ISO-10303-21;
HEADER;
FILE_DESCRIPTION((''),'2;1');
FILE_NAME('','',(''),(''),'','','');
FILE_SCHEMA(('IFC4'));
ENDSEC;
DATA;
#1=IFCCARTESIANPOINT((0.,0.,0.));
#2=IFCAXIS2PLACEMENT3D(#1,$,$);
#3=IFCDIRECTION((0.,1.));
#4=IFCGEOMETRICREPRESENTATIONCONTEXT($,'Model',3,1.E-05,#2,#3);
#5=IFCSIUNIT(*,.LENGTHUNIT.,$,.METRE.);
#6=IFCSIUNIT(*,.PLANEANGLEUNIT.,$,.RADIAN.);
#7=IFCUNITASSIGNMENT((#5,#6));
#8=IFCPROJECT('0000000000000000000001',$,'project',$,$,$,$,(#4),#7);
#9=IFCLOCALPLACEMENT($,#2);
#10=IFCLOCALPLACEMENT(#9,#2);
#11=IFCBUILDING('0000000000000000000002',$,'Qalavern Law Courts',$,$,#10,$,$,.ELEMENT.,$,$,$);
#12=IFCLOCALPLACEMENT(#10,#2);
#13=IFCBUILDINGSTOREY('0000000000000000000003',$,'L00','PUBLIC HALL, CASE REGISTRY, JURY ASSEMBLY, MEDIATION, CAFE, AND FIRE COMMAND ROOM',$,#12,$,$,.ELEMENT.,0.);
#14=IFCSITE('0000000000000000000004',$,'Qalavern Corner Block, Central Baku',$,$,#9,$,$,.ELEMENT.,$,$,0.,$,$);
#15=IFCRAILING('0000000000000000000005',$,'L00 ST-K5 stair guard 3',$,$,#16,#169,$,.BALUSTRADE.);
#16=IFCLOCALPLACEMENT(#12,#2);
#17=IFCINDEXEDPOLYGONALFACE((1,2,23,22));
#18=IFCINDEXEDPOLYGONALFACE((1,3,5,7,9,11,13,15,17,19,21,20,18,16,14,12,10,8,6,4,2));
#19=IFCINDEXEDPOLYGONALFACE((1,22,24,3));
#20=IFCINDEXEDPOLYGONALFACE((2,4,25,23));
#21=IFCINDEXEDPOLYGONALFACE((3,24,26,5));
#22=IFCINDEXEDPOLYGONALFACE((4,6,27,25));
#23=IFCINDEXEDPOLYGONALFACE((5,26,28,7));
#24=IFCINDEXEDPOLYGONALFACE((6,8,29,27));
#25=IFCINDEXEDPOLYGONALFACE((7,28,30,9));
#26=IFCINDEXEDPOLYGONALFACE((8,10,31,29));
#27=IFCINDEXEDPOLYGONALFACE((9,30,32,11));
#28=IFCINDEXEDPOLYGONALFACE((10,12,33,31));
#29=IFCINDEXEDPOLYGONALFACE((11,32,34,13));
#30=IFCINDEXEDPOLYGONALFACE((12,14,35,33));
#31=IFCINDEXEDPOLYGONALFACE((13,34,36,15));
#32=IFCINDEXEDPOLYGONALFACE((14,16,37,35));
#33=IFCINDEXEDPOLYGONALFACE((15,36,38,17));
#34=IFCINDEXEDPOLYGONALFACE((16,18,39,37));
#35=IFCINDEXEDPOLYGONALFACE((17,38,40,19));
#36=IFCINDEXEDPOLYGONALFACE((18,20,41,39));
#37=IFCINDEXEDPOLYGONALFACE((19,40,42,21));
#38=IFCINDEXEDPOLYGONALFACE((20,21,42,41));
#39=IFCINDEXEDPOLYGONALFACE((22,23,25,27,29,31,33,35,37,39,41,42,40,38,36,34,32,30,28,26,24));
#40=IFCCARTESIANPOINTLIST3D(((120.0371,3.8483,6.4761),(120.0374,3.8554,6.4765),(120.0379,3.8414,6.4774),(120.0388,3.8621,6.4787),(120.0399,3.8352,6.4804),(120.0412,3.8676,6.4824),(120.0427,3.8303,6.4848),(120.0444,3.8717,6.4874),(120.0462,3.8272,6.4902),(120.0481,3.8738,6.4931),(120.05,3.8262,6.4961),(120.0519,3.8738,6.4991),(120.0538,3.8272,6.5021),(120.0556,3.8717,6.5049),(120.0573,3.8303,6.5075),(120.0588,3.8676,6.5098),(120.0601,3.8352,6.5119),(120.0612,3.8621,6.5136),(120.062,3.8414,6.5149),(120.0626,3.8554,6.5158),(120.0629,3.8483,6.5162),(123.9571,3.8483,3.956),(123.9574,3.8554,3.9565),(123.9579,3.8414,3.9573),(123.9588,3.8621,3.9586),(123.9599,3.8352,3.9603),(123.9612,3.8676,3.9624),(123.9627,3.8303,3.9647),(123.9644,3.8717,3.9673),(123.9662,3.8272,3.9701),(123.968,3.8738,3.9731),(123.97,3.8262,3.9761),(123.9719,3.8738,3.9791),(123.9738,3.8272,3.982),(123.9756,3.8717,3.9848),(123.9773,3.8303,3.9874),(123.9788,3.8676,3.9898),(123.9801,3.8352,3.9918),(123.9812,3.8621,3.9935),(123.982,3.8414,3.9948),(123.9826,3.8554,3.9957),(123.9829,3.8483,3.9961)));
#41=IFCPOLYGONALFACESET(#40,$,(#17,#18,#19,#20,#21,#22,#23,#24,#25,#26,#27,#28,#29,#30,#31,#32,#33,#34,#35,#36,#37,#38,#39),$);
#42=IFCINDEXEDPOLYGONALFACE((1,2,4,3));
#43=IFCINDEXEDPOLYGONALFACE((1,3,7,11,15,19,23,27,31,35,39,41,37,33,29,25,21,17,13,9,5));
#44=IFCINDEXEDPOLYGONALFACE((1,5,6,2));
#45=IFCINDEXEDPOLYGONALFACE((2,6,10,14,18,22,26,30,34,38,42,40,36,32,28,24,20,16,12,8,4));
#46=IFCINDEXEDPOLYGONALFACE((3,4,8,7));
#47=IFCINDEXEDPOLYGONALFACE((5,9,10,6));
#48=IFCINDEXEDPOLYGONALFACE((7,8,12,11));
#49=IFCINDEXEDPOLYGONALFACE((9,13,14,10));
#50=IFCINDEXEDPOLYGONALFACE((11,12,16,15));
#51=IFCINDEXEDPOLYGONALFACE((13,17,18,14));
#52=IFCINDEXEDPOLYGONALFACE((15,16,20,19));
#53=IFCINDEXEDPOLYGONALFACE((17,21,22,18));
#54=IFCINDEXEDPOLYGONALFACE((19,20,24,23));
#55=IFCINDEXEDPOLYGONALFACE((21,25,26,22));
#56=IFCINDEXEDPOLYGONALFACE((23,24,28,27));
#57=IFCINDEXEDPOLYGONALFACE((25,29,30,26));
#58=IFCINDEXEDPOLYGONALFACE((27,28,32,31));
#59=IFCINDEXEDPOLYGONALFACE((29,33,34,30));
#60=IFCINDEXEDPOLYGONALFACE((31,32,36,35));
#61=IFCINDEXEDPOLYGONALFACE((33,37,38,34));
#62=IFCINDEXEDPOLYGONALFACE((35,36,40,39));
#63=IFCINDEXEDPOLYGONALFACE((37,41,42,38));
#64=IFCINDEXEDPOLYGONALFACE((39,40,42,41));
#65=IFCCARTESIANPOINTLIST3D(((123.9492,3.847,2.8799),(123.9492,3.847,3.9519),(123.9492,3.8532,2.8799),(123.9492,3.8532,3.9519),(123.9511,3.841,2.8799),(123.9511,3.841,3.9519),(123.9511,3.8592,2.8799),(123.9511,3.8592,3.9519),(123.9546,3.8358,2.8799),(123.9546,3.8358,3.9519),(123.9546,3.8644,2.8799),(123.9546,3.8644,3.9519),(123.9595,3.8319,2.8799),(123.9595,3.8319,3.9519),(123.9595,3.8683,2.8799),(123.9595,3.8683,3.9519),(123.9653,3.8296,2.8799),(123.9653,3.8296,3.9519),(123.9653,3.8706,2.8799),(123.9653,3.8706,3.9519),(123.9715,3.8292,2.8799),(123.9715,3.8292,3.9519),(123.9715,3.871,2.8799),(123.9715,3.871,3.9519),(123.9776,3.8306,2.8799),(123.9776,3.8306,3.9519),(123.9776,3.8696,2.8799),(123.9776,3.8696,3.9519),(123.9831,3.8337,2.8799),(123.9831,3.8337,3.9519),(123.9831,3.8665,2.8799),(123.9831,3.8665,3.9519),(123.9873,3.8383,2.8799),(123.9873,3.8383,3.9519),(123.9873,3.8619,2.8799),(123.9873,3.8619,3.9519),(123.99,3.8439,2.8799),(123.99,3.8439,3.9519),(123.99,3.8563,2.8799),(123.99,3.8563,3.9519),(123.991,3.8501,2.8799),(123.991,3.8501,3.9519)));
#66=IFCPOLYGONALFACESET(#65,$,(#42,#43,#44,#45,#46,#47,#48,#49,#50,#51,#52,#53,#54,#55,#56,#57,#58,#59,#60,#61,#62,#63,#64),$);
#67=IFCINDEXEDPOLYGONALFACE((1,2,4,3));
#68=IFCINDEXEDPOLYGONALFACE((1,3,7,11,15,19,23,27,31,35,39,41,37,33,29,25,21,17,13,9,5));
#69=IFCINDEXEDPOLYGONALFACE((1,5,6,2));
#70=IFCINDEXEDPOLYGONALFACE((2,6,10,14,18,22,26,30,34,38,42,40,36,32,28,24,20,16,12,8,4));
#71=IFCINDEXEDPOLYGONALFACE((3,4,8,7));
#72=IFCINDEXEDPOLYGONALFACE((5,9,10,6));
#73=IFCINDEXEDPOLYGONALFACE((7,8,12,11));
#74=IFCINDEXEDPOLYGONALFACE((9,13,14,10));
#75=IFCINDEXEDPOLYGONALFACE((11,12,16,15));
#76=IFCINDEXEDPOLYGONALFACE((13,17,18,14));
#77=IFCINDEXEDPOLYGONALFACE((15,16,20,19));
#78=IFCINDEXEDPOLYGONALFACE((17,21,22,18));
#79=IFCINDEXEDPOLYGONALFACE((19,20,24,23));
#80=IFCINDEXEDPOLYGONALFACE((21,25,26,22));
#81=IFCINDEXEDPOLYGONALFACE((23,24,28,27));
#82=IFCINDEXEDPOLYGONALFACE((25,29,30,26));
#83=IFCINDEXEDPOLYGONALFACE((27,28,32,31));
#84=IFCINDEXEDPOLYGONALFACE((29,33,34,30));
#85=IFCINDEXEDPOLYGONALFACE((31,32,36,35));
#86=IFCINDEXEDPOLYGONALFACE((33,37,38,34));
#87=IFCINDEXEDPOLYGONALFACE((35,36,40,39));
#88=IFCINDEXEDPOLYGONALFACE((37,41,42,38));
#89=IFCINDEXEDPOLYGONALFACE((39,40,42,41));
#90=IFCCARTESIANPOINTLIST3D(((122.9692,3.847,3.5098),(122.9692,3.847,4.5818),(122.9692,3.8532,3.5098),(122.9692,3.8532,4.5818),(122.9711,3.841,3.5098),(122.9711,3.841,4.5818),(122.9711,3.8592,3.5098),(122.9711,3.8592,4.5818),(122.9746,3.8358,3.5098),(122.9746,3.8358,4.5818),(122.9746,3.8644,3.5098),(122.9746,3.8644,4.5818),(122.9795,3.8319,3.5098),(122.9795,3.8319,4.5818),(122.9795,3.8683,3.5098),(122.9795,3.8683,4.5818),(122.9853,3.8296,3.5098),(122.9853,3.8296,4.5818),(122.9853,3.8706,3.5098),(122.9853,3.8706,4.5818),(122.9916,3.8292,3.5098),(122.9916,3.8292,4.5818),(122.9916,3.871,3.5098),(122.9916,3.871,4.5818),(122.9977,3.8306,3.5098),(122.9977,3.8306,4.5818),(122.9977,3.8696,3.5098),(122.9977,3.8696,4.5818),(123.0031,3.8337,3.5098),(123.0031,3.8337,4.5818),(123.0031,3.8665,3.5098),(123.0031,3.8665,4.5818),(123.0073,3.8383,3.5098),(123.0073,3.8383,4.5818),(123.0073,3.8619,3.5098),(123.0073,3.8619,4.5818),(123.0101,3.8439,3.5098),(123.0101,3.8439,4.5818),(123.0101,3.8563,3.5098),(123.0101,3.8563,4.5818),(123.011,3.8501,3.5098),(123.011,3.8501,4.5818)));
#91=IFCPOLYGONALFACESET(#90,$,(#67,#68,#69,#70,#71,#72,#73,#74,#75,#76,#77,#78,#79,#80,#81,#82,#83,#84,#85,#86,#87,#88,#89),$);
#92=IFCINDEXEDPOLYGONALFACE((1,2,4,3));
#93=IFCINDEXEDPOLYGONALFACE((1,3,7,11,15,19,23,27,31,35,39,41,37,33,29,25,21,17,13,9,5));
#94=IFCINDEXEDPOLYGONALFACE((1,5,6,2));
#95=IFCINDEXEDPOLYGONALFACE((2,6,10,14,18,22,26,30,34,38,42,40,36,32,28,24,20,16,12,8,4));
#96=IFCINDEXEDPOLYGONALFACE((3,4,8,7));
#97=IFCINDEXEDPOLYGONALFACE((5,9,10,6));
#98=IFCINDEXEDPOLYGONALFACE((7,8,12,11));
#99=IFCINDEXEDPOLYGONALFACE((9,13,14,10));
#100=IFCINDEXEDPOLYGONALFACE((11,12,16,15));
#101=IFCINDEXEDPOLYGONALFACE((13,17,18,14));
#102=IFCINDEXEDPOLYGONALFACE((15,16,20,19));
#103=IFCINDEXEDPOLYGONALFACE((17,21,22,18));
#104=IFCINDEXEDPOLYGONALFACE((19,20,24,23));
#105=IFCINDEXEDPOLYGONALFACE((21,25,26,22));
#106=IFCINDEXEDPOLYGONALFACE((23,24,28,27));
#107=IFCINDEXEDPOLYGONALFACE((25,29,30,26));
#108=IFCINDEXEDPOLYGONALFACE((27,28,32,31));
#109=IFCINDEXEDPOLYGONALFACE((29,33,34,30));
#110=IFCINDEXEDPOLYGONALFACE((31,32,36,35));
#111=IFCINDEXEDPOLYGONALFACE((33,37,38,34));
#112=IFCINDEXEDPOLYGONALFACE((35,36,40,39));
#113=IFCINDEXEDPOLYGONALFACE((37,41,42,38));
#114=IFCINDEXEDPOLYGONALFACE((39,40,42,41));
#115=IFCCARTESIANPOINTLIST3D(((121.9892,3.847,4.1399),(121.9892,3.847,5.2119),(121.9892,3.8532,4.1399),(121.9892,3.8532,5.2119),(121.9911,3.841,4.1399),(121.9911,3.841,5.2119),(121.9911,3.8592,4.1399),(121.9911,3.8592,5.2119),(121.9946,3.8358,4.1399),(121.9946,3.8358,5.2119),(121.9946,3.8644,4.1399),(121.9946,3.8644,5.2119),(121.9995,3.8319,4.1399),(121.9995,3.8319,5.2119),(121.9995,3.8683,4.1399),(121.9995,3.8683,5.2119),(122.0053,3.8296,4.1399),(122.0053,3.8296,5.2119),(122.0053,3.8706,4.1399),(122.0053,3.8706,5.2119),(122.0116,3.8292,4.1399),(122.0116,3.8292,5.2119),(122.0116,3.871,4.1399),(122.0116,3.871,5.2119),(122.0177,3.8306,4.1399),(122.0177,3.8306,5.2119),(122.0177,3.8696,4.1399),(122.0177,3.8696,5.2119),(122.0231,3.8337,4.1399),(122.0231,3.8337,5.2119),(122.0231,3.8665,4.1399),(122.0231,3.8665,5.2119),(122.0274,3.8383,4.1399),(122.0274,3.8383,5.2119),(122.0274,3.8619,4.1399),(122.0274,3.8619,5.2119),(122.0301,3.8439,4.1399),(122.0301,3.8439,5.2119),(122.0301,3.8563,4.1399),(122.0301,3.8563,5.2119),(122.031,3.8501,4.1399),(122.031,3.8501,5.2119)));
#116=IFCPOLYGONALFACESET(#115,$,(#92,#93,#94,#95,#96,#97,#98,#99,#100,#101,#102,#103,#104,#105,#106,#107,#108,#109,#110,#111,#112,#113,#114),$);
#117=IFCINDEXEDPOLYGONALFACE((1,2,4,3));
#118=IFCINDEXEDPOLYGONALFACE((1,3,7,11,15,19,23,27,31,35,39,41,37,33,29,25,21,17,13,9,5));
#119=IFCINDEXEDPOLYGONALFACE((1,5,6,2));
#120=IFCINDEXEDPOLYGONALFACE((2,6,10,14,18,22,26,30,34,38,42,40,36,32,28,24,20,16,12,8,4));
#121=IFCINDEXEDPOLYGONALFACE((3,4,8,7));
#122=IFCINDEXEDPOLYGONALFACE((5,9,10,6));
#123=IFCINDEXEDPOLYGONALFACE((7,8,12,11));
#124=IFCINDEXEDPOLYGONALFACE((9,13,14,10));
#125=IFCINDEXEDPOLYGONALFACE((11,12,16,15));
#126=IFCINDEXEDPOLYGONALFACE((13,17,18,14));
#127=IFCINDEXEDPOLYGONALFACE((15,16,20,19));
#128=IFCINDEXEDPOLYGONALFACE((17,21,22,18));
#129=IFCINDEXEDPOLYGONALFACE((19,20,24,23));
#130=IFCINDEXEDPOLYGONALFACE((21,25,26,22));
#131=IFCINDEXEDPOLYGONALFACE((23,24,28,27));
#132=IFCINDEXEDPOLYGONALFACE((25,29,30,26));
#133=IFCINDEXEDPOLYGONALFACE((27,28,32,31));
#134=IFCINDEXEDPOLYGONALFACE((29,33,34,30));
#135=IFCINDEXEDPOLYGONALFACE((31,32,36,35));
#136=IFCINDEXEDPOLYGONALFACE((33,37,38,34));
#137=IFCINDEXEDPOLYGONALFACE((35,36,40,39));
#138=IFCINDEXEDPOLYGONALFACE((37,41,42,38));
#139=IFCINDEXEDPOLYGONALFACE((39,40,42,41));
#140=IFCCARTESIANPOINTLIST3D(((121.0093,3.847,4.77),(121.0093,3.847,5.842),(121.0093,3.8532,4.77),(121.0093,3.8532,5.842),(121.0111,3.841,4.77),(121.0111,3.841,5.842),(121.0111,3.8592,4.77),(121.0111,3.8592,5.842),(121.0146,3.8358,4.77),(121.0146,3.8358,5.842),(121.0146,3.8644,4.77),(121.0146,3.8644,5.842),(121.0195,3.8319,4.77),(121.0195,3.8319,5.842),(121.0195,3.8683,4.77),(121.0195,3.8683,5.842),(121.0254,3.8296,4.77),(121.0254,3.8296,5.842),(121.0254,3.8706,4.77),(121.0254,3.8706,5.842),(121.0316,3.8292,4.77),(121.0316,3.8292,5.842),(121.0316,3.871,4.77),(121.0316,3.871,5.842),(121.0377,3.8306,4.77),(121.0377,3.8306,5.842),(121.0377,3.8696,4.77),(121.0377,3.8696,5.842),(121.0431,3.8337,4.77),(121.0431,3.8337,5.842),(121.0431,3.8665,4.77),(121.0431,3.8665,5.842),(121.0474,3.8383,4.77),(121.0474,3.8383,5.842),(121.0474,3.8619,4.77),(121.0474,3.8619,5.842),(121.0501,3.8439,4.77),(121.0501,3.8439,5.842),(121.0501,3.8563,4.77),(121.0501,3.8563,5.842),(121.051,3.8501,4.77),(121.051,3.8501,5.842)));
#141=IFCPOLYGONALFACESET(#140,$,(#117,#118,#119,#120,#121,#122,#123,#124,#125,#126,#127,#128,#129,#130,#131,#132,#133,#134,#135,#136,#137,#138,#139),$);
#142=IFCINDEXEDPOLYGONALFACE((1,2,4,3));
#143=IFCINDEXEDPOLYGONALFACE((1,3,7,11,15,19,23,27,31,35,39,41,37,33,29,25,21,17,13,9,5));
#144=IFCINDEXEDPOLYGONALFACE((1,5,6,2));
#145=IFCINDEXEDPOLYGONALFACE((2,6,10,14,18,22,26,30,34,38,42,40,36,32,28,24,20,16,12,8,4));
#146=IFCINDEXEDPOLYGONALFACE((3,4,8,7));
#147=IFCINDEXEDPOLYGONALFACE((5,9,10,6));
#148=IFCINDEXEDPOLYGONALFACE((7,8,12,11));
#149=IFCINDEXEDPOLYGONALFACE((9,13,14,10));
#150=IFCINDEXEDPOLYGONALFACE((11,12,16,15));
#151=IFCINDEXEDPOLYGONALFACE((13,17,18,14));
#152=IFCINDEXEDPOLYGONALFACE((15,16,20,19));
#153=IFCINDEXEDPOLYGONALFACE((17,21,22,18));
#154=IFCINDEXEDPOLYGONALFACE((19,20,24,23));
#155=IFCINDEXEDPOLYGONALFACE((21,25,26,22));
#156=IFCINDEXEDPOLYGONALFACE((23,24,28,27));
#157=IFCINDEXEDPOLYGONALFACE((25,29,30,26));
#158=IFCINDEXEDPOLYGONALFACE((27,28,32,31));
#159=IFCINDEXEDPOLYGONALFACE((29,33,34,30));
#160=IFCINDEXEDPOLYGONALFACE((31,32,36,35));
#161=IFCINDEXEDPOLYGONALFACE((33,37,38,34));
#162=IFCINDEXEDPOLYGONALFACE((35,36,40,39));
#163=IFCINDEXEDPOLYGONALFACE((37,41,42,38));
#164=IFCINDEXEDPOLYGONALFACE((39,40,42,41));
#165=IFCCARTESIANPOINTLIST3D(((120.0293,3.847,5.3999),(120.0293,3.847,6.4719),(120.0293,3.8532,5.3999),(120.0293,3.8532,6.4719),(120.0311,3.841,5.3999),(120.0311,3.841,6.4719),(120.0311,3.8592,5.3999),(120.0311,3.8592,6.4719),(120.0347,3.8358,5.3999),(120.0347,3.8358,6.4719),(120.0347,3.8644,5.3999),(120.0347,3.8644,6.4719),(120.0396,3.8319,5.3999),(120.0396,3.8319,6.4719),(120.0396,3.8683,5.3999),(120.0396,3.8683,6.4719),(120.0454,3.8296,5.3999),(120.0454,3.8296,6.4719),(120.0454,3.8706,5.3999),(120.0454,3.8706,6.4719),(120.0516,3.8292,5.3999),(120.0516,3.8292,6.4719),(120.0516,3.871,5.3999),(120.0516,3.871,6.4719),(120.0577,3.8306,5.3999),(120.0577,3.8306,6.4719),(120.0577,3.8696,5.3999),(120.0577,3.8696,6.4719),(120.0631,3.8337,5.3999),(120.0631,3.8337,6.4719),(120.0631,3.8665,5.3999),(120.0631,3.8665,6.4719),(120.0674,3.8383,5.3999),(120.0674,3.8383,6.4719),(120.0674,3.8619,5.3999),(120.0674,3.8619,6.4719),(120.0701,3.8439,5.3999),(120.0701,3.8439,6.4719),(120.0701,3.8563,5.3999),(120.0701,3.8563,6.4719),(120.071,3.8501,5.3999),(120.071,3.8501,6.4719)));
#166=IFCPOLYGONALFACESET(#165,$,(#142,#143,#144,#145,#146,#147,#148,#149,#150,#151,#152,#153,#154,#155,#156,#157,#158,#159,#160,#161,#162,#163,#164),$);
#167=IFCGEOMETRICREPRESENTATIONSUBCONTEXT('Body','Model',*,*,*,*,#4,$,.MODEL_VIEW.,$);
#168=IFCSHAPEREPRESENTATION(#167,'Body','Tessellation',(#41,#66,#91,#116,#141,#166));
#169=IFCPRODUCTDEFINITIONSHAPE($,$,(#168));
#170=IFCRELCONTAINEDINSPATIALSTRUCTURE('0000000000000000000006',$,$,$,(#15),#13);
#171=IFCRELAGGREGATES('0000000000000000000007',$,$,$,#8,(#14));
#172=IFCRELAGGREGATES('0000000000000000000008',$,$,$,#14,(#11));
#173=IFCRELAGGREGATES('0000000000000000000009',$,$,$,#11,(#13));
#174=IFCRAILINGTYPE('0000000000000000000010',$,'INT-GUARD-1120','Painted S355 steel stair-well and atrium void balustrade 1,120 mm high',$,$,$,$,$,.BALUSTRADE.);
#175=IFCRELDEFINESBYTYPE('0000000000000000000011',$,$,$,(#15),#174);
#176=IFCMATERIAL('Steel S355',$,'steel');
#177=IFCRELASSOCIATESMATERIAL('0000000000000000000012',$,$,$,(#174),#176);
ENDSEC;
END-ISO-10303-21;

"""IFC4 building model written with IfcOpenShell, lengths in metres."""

from ifc_helpers import new_model, si_unit, direction, frame, origin, origin_2d, place, context, subcontext, project, spatial, circle, extrude, material, type_object, element, save


model = new_model("IFC4")

# Units and contexts
model_context = context("Model", 3, precision=1e-05, world=origin(), true_north=direction((0.0, 1.0)))
body_context = subcontext(model_context, "Body", "Model", "MODEL_VIEW")
ifc_project = project(units=[si_unit("LENGTHUNIT", "METRE"), si_unit("PLANEANGLEUNIT", "RADIAN")], contexts=[model_context])

# Site, building, storey
site_placement = place(None, origin())
site = spatial("IfcSite", under=ifc_project, at=site_placement, Name="Qalavern Corner Block, Central Baku", CompositionType="ELEMENT", RefElevation=0.0)
building_placement = place(site_placement, origin())
building = spatial("IfcBuilding", under=site, at=building_placement, Name="Qalavern Law Courts", CompositionType="ELEMENT")
storey_placement = place(building_placement, origin())
storey = spatial("IfcBuildingStorey", under=building, at=storey_placement, Name="L00", Description="PUBLIC HALL, CASE REGISTRY, JURY ASSEMBLY, MEDIATION, CAFE, AND FIRE COMMAND ROOM", CompositionType="ELEMENT", Elevation=0.0)

# Shared definitions
ifc_material_1 = material(Name="Steel S355", Category="steel")

# Railing
railing_type_1 = type_object("IfcRailingType", Name="INT-GUARD-1120", Description="Painted S355 steel stair-well and atrium void balustrade 1,120 mm high", PredefinedType="BALUSTRADE", material=ifc_material_1)
railing_1_placement = place(storey_placement, frame((123.97, 3.8501, 2.8799)))
element("IfcRailing", 1, at=railing_1_placement, inside=storey, type_object=railing_type_1, Name="L00 ST-K5 stair guard 3", PredefinedType="BALUSTRADE", context=body_context, shape_type="SweptSolid", body=[
    extrude(circle(Radius=0.0239, at=origin_2d()), frame((0.0, 0.0, 1.0962), z_axis=(-0.841172, 0.0, 0.540768), x_axis=(0.0, -1.0, 0.0)), (0.0, 0.0, 1.0), 4.6602),
    extrude(circle(Radius=0.021, at=origin_2d()), origin(), (0.0, 0.0, 1.0), 1.072),
    extrude(circle(Radius=0.021, at=origin_2d()), frame((-0.98, 0.0, 0.6299)), (0.0, 0.0, 1.0), 1.072),
    extrude(circle(Radius=0.021, at=origin_2d()), frame((-1.96, 0.0, 1.26)), (0.0, 0.0, 1.0), 1.072),
    extrude(circle(Radius=0.021, at=origin_2d()), frame((-2.9399, 0.0, 1.8901)), (0.0, 0.0, 1.0), 1.072),
    extrude(circle(Radius=0.021, at=origin_2d()), frame((-3.9199, 0.0, 2.52)), (0.0, 0.0, 1.0), 1.072),
])

save(model, "model.ifc")
